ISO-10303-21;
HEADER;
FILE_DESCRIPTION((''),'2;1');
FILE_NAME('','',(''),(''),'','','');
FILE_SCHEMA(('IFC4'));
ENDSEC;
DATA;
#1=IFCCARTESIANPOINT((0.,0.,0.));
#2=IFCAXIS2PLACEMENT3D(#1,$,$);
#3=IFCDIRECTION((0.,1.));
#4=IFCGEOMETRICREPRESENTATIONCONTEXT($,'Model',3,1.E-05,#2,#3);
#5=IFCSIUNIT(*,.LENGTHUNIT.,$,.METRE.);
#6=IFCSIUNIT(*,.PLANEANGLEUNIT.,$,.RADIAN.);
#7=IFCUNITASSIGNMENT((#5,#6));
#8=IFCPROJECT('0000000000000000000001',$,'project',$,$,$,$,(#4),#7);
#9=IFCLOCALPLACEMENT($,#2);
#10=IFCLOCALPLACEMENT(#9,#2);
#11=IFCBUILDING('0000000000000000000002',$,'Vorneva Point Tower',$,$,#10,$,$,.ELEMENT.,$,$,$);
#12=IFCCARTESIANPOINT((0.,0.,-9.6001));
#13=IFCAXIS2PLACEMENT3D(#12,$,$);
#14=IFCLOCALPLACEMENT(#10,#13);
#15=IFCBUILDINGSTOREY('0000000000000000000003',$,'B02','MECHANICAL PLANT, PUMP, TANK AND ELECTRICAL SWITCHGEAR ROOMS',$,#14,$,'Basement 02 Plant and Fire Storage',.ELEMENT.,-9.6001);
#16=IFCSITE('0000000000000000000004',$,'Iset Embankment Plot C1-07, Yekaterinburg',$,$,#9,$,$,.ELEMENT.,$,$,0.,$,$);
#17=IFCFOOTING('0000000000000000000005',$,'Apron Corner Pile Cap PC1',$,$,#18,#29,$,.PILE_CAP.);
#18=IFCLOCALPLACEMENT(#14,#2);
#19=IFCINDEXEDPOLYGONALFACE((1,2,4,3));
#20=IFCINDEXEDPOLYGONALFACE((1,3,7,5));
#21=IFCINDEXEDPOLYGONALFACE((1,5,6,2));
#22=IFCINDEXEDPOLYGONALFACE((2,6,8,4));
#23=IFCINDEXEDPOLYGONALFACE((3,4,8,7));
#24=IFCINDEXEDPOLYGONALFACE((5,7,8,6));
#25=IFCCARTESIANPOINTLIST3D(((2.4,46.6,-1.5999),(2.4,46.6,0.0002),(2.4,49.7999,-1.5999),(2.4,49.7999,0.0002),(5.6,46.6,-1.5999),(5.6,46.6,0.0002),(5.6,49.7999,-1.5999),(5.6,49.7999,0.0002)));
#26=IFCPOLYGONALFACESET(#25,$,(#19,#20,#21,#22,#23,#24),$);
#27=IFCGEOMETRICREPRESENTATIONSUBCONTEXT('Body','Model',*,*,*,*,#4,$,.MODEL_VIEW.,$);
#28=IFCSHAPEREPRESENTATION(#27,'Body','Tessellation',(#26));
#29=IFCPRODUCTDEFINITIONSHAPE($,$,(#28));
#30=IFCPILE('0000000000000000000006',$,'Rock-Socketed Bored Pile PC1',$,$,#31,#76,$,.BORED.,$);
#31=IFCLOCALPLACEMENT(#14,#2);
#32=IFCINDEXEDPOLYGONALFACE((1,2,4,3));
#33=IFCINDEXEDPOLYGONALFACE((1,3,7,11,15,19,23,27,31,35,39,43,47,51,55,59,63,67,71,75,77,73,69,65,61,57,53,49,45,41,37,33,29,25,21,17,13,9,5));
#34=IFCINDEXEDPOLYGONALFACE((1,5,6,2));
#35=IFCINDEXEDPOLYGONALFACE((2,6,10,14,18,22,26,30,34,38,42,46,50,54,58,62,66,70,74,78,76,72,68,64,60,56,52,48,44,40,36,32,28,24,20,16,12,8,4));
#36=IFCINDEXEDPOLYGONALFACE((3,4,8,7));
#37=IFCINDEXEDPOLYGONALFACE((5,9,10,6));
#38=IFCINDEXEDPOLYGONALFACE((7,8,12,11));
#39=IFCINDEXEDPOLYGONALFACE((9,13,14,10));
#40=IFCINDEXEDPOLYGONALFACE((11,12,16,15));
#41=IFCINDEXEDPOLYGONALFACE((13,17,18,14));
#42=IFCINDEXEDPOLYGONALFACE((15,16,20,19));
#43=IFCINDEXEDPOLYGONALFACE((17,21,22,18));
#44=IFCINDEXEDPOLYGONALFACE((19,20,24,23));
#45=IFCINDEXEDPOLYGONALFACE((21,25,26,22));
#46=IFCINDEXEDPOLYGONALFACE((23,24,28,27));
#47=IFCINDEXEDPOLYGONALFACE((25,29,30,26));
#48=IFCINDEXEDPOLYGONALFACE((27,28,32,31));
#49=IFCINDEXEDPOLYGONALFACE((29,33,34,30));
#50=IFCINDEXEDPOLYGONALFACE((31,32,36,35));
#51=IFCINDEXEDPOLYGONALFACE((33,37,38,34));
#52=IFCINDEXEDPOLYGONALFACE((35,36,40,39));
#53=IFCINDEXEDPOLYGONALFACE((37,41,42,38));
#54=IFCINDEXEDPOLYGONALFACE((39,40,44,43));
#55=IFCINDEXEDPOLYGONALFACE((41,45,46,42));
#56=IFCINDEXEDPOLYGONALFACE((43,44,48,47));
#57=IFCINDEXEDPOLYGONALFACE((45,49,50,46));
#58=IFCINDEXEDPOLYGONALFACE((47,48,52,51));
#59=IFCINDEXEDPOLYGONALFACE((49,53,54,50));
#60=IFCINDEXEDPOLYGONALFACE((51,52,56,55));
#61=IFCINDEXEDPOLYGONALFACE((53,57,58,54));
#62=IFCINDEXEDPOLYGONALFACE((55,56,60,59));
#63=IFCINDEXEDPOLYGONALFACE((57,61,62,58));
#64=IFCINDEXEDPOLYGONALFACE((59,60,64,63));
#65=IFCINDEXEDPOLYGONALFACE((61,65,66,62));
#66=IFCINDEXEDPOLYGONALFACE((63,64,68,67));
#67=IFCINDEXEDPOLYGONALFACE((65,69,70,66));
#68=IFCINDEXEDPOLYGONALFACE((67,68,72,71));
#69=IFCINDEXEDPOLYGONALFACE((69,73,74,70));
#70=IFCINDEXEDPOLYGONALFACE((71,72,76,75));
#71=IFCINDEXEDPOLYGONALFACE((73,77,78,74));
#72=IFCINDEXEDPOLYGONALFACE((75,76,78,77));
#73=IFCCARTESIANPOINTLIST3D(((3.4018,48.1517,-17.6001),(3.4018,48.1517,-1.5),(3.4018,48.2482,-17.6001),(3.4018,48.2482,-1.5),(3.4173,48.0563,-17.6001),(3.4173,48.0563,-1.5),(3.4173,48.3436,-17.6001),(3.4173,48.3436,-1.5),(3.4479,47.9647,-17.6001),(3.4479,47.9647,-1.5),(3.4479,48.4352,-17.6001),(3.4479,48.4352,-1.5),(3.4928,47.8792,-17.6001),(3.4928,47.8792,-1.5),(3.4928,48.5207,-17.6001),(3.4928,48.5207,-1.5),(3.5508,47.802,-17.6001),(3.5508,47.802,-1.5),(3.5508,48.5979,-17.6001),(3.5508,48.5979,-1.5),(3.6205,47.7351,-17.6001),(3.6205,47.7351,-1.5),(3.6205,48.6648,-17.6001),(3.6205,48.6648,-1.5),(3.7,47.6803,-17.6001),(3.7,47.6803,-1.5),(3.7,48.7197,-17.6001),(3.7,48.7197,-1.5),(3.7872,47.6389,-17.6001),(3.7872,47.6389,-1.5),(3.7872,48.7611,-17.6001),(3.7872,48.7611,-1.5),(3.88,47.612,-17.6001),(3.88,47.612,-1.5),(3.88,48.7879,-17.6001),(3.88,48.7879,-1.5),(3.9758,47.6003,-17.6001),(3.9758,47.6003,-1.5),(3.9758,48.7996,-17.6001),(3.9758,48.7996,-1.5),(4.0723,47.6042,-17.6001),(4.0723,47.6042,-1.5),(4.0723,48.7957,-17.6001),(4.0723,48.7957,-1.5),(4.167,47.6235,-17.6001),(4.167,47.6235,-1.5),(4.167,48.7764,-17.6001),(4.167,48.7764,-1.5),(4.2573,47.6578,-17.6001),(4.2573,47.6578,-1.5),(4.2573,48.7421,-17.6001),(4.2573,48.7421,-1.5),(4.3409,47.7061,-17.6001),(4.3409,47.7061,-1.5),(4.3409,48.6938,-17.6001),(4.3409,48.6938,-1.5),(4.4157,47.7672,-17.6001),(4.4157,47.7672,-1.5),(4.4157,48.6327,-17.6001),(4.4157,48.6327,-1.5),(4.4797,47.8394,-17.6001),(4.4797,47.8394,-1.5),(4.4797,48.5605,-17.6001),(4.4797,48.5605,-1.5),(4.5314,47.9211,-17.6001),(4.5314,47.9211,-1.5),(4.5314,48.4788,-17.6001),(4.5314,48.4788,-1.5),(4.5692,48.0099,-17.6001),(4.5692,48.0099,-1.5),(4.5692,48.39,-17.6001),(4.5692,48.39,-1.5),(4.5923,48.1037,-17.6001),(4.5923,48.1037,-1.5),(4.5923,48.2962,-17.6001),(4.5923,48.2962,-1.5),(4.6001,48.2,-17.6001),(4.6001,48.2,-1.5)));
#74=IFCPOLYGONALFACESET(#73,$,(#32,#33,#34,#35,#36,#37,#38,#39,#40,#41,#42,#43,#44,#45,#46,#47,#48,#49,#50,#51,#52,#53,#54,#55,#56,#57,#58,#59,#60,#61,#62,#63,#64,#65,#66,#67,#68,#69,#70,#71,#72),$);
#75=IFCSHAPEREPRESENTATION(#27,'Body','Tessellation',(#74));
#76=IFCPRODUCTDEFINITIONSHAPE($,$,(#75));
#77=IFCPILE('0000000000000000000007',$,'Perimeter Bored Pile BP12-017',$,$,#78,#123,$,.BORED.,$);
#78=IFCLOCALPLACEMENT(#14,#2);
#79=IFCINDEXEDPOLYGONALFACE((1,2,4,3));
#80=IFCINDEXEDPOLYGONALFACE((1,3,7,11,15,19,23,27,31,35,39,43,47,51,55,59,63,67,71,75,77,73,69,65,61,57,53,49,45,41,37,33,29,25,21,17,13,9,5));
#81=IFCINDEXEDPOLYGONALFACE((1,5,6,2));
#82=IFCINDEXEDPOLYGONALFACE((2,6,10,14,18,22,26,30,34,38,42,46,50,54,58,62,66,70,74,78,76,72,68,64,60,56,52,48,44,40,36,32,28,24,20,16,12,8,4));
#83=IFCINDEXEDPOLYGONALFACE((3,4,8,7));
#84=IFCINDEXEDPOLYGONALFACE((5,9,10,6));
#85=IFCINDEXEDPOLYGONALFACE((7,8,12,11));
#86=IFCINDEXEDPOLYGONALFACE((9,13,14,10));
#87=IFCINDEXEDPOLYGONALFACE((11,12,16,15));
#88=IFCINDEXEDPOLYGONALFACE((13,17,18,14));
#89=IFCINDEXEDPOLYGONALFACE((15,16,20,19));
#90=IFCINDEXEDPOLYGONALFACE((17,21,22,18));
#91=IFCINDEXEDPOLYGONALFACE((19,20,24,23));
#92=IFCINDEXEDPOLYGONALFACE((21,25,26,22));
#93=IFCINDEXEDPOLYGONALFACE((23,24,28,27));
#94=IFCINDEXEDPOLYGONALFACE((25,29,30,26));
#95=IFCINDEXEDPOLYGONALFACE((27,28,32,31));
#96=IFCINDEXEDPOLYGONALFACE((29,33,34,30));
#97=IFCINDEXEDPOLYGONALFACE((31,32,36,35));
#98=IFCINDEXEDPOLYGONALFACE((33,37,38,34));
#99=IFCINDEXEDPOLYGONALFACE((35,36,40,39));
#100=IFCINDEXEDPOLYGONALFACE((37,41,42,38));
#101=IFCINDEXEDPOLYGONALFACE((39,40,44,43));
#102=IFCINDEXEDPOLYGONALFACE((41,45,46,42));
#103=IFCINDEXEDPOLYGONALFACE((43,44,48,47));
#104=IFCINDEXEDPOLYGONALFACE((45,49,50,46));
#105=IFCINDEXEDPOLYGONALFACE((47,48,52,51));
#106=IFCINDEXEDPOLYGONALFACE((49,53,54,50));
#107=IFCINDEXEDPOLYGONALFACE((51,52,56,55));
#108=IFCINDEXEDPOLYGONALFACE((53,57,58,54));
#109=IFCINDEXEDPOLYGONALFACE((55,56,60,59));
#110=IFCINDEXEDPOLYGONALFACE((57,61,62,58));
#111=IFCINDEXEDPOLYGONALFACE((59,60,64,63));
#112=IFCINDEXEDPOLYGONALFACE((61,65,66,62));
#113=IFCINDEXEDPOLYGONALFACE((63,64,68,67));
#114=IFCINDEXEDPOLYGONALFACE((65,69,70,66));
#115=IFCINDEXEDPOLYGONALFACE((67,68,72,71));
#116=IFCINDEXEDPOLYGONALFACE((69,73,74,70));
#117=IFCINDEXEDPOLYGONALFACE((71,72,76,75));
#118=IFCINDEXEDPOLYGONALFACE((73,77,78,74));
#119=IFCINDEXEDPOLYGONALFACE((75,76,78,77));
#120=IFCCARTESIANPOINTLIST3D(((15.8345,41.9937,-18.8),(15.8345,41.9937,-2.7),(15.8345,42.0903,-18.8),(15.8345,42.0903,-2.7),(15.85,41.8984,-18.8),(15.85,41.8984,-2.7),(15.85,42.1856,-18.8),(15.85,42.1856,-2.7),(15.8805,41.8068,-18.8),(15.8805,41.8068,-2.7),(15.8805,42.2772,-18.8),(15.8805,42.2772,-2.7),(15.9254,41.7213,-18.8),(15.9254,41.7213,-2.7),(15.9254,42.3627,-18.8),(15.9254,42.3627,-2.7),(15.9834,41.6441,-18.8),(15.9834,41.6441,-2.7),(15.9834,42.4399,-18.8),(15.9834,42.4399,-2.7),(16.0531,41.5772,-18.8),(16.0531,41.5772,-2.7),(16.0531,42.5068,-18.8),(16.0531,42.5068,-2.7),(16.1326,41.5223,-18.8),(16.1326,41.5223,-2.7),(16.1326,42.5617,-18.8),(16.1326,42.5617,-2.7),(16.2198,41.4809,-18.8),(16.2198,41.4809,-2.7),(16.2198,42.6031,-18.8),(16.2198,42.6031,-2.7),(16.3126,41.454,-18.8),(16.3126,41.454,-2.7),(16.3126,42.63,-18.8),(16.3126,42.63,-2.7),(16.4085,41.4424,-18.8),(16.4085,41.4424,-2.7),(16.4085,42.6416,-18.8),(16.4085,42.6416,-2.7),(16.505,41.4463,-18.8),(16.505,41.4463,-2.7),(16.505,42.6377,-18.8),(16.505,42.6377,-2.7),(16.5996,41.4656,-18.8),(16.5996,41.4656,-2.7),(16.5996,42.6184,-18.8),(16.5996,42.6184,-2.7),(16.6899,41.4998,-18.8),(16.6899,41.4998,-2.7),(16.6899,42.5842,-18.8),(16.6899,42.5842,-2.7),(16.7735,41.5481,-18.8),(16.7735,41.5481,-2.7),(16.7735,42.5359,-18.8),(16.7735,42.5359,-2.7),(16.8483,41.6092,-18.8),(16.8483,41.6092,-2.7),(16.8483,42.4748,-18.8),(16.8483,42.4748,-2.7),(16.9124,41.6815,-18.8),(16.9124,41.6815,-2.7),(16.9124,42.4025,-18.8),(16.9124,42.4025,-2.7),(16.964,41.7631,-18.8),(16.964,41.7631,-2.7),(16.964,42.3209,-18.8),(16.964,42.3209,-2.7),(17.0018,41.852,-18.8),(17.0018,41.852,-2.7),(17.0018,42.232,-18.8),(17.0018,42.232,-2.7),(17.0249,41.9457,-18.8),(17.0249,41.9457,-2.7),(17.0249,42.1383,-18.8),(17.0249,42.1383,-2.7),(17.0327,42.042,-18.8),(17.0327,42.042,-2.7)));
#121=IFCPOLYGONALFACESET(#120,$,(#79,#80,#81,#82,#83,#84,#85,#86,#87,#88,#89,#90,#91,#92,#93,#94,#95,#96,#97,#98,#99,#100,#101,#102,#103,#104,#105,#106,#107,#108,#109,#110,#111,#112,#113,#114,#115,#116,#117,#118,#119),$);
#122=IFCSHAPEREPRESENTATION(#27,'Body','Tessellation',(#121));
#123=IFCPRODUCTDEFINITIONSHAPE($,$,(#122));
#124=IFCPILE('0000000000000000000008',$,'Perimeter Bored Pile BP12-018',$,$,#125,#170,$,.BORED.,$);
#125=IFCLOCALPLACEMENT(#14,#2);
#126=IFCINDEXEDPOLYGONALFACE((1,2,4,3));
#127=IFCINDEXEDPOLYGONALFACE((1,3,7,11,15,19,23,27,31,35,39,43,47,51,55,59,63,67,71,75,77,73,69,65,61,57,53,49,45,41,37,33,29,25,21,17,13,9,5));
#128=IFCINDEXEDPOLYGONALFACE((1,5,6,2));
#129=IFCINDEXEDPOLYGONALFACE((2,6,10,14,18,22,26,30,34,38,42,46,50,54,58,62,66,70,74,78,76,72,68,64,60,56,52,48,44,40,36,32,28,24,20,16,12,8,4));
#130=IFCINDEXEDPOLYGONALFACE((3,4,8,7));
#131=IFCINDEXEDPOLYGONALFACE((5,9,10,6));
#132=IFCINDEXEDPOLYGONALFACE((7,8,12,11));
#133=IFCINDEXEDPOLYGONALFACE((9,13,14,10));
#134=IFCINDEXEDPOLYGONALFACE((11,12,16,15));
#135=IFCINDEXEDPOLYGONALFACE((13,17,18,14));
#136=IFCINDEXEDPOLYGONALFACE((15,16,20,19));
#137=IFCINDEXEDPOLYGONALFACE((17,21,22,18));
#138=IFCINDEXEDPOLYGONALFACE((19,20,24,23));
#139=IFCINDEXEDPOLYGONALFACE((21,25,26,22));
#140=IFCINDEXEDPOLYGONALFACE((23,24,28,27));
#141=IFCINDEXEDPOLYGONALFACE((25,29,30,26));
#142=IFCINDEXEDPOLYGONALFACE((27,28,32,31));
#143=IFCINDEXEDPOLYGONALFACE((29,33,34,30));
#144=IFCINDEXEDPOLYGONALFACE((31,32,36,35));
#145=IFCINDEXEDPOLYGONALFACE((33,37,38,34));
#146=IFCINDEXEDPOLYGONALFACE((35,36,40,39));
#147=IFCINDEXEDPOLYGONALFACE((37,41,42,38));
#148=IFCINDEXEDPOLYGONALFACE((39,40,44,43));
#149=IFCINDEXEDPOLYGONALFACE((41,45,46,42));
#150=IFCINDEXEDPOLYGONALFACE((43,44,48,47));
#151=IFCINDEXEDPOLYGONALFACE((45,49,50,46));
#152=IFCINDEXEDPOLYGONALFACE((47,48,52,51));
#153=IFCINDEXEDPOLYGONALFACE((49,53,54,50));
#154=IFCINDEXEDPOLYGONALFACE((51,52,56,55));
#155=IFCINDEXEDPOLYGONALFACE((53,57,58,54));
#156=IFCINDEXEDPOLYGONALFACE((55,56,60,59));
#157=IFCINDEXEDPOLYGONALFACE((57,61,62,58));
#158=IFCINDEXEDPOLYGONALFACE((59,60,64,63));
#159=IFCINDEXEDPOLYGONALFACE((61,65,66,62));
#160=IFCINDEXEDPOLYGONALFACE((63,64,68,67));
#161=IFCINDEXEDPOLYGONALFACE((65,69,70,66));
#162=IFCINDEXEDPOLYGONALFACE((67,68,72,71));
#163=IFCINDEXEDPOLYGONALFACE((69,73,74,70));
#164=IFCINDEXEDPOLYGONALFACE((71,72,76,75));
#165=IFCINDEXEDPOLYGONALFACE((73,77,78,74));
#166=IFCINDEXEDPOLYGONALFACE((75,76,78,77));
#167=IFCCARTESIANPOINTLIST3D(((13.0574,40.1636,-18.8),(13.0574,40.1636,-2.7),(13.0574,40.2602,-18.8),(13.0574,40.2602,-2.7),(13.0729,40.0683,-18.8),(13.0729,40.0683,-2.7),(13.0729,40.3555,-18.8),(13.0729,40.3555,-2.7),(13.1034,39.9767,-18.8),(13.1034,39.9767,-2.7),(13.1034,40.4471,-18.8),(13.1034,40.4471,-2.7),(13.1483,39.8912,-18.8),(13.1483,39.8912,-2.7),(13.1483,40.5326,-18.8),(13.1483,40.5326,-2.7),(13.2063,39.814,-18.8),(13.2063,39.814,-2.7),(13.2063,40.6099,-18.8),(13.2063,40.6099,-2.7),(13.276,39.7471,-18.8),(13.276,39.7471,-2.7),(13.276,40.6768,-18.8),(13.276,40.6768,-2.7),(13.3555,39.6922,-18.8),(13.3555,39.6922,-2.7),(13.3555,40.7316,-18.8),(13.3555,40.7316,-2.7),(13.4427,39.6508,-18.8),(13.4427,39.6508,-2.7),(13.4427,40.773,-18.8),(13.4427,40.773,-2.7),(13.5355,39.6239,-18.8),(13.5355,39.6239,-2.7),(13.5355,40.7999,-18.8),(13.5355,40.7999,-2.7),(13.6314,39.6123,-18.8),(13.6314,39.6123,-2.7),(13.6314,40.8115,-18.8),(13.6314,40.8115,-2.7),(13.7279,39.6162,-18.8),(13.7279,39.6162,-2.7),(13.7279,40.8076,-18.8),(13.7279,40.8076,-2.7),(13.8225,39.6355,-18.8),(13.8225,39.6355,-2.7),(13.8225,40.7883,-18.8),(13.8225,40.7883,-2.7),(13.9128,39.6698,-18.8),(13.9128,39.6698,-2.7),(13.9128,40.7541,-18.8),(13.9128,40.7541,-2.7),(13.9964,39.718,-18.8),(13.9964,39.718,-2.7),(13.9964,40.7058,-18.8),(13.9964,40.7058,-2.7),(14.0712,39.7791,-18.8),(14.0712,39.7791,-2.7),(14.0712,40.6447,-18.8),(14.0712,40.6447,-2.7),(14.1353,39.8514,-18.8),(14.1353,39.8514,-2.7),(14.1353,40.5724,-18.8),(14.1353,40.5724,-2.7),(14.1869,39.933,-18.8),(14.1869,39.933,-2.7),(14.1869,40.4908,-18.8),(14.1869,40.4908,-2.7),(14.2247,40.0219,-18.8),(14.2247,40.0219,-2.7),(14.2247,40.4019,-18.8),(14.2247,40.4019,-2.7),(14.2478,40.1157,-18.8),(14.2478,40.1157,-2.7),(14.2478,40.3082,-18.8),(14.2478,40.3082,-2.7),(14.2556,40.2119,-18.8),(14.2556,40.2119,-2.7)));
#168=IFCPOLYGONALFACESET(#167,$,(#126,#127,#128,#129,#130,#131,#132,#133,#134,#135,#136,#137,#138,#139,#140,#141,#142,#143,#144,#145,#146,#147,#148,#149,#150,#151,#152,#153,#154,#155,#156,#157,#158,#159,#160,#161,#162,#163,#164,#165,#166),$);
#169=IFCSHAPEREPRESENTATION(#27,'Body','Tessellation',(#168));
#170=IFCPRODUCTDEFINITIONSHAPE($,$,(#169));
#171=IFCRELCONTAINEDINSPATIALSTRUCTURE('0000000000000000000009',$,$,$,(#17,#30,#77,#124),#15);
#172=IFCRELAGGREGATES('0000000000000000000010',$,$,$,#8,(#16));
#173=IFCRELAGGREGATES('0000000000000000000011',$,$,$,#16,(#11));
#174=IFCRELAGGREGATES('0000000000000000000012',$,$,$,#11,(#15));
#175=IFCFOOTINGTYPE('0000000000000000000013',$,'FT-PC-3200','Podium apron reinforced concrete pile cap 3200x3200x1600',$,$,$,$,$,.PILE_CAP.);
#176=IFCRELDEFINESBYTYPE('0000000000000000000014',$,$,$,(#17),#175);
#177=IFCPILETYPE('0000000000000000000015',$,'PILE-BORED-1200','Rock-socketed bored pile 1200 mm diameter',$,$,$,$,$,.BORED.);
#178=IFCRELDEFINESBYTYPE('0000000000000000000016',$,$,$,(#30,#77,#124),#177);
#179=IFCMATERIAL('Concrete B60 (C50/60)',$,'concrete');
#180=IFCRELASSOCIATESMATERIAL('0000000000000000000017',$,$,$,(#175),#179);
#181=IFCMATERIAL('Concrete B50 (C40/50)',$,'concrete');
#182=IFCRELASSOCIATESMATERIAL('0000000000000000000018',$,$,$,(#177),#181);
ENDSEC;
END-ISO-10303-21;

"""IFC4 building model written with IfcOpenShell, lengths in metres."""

from ifc_helpers import new_model, si_unit, direction, frame, origin, origin_2d, place, context, subcontext, project, spatial, rectangle, circle, extrude, material, material_profile, profile_set, type_object, element, save


model = new_model("IFC4")

# Units and contexts
model_context = context("Model", 3, precision=1e-05, world=origin(), true_north=direction((0.0, 1.0)))
body_context = subcontext(model_context, "Body", "Model", "MODEL_VIEW")
ifc_project = project(units=[si_unit("LENGTHUNIT", "METRE"), si_unit("PLANEANGLEUNIT", "RADIAN")], contexts=[model_context])

# Site, building, storey
site_placement = place(None, origin())
site = spatial("IfcSite", under=ifc_project, at=site_placement, Name="Iset Embankment Plot C1-07, Yekaterinburg", CompositionType="ELEMENT", RefElevation=0.0)
building_placement = place(site_placement, origin())
building = spatial("IfcBuilding", under=site, at=building_placement, Name="Vorneva Point Tower", CompositionType="ELEMENT")
storey_placement = place(building_placement, frame((0.0, 0.0, -9.6001)))
storey = spatial("IfcBuildingStorey", under=building, at=storey_placement, Name="B02", Description="MECHANICAL PLANT, PUMP, TANK AND ELECTRICAL SWITCHGEAR ROOMS", LongName="Basement 02 Plant and Fire Storage", CompositionType="ELEMENT", Elevation=-9.6001)

# Footing
ifc_material_1 = material(Name="Concrete B60 (C50/60)", Category="concrete")
footing_type = type_object("IfcFootingType", Name="FT-PC-3200", Description="Podium apron reinforced concrete pile cap 3200x3200x1600", PredefinedType="PILE_CAP", material=ifc_material_1)
footing_placement = place(storey_placement, frame((4.0, 48.2, -1.5999), z_axis=(0.0, 0.0, 1.0), x_axis=(1.0, 0.0, 0.0)))
element("IfcFooting", 1, at=footing_placement, inside=storey, type_object=footing_type, Name="Apron Corner Pile Cap PC1", PredefinedType="PILE_CAP", context=body_context, shape_type="SweptSolid", body=[
    extrude(rectangle(XDim=3.2, YDim=3.2, at=origin_2d()), origin(), (0.0, 0.0, 1.0), 1.6001),
])

# Piles
ifc_material_2 = material(Name="Concrete B50 (C40/50)", Category="concrete")
ifc_material_profile_1 = material_profile(ifc_material_2, circle(Radius=0.6001, at=origin_2d()), Name="PILE-1200")
ifc_profile_set_1 = profile_set([ifc_material_profile_1], Name="Concrete B50 (C40/50)")
pile_type = type_object("IfcPileType", Name="PILE-BORED-1200", Description="Rock-socketed bored pile 1200 mm diameter", PredefinedType="BORED", material=ifc_profile_set_1)
for number, where, z_axis, x_axis, name in (
    (2, (4.0, 48.2, -1.5), (0.0, 0.0, -1.0), (1.0, 0.0, 0.0), "Rock-Socketed Bored Pile PC1"),
    (3, (16.4326, 42.042, -2.7), (0.0, 0.0, -1.0), (1.0, 0.0, 0.0), "Perimeter Bored Pile BP12-017"),
    (4, (13.6555, 40.2119, -2.7), (0.0, 0.0, -1.0), (1.0, 0.0, 0.0), "Perimeter Bored Pile BP12-018"),
):
    element("IfcPile", number, at=place(storey_placement, frame(where, z_axis=z_axis, x_axis=x_axis)), inside=storey, type_object=pile_type, Name=name, PredefinedType="BORED", context=body_context, shape_type="SweptSolid", body=[
        extrude(circle(Radius=0.6001, at=origin_2d()), origin(), (0.0, 0.0, 1.0), 16.1001),
    ])

save(model, "model.ifc")
